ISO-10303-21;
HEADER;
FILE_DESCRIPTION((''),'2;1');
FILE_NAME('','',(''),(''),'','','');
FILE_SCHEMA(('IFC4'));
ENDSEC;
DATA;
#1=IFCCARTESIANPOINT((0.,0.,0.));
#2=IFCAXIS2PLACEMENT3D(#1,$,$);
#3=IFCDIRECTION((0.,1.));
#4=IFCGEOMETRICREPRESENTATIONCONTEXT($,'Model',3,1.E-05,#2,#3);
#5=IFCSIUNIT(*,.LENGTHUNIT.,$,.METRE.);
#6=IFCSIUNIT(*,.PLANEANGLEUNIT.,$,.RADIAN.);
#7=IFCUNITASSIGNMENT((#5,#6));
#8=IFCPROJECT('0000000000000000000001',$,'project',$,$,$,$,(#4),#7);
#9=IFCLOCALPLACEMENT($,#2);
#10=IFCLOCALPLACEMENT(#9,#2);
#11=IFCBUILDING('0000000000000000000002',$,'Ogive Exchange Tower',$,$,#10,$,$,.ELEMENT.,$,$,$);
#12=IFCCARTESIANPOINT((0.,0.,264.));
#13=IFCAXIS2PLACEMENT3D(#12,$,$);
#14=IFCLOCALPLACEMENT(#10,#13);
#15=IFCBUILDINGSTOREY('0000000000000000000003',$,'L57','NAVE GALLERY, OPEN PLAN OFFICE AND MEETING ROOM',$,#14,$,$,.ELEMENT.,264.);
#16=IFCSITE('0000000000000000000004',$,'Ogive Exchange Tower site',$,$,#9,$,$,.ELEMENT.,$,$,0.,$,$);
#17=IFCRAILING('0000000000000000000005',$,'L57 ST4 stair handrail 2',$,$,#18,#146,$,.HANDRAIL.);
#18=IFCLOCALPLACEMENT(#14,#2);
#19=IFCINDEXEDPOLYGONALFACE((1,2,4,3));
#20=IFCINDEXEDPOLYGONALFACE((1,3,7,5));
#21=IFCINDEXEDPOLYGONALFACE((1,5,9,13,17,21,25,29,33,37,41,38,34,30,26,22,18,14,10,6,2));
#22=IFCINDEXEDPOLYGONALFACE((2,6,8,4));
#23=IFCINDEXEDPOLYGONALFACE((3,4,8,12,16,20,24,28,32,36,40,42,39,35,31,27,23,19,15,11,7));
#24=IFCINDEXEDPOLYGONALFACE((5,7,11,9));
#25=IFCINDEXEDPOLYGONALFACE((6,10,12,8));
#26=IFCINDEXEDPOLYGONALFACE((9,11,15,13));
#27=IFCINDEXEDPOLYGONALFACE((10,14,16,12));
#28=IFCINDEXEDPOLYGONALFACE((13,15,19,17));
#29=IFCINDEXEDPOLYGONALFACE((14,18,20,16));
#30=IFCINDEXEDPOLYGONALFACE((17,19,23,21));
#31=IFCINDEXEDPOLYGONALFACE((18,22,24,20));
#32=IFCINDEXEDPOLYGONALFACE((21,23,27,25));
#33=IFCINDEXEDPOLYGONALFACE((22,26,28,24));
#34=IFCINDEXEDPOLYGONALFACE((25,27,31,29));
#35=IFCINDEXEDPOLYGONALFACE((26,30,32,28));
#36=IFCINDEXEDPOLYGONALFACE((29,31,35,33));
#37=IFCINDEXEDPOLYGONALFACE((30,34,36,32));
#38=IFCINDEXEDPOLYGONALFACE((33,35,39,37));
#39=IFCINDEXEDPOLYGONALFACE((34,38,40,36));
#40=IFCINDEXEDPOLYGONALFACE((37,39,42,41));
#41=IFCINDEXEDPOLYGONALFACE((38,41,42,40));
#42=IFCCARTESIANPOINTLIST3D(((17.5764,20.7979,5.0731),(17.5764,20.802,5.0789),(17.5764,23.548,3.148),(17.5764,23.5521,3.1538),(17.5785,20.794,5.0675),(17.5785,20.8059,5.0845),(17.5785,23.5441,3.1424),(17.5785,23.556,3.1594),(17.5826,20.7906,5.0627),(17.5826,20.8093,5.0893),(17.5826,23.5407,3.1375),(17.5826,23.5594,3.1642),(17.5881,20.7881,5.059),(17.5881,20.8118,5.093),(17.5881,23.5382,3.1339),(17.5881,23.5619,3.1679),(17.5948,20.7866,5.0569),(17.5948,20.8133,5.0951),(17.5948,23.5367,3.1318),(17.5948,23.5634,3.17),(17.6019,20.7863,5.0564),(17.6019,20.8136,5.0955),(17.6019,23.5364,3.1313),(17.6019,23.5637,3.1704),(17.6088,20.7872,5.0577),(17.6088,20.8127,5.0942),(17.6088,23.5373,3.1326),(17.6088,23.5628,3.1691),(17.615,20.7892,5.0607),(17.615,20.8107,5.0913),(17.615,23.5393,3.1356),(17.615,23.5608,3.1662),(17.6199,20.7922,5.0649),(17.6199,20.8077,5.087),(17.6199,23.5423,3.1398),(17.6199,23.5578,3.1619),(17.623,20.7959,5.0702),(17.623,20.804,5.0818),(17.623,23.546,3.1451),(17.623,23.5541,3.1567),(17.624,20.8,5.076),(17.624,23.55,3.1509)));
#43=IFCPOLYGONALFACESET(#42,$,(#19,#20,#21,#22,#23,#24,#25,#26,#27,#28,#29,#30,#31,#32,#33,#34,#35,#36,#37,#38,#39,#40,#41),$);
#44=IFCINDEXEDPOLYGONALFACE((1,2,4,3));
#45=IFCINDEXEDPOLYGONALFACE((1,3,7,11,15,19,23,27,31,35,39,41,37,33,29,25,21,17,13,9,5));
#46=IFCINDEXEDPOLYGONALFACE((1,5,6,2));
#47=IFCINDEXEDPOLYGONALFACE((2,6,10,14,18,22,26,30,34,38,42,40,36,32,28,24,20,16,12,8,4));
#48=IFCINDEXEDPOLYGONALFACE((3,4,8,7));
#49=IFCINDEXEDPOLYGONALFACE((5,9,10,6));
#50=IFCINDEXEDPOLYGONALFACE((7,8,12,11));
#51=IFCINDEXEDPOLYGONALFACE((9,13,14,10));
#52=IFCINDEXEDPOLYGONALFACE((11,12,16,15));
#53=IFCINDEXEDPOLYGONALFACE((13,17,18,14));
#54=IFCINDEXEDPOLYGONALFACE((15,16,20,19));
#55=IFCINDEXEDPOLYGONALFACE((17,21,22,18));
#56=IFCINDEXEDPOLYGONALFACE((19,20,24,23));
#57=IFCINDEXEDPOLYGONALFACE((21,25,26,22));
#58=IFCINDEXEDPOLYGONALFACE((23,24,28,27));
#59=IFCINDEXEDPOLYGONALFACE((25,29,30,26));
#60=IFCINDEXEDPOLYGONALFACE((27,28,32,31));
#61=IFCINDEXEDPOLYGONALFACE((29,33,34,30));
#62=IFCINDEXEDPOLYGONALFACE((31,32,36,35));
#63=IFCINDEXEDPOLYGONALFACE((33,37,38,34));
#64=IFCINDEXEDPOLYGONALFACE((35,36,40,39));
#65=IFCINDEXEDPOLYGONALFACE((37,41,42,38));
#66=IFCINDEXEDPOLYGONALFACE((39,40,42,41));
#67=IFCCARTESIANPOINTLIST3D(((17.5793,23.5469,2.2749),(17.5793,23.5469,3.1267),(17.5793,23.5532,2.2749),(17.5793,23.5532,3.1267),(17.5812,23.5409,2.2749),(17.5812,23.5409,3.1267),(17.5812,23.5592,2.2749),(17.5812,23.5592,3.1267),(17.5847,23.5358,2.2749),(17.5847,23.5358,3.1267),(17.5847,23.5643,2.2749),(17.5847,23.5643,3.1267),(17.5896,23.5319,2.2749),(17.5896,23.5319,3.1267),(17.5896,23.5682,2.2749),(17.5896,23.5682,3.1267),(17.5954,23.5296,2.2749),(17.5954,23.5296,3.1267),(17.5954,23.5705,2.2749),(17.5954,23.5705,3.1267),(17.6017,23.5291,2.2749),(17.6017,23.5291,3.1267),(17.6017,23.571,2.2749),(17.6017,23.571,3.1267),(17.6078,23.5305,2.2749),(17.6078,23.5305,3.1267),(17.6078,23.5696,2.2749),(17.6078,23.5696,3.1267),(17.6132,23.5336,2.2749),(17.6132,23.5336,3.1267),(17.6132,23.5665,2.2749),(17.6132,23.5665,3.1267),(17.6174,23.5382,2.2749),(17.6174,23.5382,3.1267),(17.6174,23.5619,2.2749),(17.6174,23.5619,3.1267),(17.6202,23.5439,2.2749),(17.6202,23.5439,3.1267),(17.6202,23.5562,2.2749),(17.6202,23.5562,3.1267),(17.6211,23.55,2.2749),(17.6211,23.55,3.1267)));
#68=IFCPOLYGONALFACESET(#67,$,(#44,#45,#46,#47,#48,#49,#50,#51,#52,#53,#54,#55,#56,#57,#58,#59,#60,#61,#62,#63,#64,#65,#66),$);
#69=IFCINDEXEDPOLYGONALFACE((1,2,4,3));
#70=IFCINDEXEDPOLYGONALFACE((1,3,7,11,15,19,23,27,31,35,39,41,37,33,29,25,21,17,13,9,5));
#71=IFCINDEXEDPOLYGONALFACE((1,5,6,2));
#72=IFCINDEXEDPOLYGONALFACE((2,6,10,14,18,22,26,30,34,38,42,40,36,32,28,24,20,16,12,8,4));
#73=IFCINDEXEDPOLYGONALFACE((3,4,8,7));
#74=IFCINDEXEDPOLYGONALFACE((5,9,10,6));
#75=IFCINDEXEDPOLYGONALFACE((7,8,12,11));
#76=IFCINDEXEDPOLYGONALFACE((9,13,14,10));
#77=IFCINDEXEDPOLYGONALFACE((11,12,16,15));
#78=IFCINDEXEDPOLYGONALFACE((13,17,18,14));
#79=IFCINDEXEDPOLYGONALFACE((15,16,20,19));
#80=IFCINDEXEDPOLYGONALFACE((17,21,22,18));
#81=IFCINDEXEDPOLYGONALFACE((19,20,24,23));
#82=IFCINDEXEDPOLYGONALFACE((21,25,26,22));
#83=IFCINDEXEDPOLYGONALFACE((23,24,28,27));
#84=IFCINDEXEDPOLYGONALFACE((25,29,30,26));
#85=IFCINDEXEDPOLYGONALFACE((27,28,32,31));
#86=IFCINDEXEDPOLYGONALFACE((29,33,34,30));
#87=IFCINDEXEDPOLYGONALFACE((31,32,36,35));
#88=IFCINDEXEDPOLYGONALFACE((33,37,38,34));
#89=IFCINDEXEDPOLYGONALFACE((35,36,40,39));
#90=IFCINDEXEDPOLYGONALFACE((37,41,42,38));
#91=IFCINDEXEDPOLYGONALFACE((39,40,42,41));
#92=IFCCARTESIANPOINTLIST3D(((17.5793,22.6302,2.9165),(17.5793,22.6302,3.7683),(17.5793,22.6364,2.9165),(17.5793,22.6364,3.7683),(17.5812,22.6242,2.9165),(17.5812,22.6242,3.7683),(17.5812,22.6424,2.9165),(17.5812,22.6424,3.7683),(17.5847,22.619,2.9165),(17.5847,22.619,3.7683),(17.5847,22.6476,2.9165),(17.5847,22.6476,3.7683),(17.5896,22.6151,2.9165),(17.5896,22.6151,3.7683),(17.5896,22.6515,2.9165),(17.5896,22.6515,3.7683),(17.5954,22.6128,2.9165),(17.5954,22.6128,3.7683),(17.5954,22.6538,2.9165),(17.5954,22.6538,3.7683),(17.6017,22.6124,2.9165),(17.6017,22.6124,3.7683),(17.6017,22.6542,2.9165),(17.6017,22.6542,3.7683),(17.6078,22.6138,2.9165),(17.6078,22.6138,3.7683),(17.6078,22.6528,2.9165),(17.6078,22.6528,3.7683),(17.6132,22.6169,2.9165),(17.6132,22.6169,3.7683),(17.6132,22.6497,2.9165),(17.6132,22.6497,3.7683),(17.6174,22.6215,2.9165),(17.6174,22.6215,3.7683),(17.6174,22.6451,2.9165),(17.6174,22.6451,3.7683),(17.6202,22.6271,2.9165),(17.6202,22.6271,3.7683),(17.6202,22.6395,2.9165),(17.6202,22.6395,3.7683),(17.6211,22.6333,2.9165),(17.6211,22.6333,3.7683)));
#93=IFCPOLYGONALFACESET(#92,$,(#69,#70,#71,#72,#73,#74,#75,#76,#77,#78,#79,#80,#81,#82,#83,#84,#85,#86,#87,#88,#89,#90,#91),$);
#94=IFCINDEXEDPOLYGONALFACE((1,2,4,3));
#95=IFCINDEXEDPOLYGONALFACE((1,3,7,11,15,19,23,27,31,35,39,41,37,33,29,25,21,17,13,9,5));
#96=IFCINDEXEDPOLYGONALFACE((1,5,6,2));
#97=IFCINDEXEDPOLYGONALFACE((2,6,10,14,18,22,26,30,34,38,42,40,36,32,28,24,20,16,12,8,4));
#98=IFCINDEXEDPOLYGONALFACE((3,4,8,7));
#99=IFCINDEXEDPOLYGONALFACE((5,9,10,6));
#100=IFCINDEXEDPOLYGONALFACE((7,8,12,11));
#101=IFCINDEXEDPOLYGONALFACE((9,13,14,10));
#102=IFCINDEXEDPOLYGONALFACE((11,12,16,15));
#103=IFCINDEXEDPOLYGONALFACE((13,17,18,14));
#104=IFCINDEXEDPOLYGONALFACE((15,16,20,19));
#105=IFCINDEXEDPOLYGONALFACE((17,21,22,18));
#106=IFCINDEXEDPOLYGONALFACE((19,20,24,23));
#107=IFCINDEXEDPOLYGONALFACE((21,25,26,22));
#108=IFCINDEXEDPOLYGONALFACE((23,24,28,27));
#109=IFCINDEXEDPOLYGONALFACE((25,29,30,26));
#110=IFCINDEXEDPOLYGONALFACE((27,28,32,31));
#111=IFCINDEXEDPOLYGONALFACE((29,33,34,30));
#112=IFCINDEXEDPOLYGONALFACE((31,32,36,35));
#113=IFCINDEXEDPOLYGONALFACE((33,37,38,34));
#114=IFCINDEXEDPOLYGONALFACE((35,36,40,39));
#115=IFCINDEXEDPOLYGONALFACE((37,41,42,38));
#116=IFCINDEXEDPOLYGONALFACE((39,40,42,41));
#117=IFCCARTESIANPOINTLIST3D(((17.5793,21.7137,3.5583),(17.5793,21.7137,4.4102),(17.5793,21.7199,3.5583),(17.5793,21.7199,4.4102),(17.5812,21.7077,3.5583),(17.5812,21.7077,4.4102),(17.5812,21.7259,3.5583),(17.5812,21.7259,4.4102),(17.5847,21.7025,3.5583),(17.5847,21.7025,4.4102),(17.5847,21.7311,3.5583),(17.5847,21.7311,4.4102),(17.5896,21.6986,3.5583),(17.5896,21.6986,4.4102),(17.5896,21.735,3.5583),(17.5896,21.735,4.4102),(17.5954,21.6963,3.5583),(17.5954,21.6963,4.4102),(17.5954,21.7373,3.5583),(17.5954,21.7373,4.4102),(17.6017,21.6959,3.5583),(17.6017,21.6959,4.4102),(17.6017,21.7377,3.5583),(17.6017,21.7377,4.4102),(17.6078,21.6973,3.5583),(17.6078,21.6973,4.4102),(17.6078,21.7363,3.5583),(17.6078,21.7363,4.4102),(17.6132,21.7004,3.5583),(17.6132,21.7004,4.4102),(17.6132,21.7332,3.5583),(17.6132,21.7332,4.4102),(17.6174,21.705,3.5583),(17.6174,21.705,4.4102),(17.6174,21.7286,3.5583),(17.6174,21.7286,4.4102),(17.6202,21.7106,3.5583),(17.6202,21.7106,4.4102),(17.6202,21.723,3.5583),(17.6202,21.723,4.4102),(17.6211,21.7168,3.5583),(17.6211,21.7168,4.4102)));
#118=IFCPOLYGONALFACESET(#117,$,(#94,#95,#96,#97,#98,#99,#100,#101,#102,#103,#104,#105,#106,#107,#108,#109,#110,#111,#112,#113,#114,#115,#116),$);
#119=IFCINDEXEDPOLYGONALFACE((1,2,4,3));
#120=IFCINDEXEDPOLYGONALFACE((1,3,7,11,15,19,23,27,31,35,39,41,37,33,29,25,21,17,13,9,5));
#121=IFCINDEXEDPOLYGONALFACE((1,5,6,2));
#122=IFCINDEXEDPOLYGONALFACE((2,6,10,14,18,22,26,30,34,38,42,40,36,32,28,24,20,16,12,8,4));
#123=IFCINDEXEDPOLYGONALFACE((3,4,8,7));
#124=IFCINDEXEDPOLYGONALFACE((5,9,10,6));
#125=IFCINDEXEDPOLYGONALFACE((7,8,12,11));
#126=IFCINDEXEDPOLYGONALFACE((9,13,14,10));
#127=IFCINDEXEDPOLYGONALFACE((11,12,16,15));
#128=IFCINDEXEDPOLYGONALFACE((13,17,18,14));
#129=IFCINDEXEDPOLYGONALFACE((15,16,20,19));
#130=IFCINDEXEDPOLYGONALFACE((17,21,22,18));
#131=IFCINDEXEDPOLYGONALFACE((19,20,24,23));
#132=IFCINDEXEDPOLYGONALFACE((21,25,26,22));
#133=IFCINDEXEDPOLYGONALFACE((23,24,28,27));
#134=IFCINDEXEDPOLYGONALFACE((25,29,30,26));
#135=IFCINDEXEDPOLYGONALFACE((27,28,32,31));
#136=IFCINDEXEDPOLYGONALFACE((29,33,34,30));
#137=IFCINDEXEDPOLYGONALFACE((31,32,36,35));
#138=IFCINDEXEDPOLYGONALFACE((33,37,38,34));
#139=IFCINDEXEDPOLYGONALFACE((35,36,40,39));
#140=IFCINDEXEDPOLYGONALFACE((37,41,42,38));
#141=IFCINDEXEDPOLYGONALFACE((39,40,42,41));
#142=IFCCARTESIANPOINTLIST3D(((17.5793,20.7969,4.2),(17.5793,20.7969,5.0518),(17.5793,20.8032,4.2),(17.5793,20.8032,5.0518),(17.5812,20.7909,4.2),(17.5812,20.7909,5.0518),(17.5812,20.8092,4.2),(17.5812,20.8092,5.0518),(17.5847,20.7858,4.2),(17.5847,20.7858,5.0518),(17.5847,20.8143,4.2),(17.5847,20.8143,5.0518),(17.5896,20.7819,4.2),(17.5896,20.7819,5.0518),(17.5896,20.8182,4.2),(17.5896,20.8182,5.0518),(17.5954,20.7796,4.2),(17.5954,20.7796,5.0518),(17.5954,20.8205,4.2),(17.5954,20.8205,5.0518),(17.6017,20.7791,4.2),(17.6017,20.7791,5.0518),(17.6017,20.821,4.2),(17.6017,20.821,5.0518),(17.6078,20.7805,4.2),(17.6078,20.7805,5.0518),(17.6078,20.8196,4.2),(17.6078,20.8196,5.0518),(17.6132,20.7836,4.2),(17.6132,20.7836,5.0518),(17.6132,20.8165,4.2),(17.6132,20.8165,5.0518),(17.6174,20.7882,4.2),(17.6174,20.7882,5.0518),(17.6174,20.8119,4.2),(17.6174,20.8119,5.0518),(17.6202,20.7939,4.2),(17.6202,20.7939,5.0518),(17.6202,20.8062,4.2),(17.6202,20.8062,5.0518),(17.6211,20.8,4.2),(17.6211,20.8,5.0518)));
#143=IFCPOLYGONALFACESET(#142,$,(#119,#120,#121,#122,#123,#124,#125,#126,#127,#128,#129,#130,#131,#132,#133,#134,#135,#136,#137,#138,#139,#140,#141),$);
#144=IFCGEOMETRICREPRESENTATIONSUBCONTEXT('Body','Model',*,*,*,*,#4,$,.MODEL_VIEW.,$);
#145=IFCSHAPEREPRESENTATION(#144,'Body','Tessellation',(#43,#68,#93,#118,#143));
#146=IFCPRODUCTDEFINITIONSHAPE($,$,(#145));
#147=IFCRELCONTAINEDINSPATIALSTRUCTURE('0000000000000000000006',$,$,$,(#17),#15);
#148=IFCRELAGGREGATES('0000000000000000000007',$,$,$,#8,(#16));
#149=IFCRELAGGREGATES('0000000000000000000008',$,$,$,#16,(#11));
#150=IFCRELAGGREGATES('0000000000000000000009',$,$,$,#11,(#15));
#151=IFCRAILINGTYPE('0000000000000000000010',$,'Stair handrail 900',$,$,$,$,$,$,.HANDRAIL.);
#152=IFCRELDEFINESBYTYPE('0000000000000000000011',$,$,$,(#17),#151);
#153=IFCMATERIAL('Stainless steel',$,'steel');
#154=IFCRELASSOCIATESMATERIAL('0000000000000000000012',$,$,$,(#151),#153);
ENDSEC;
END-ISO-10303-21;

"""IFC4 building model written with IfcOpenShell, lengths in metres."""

from ifc_helpers import new_model, si_unit, direction, frame, origin, origin_2d, place, context, subcontext, project, spatial, circle, extrude, material, type_object, element, save


model = new_model("IFC4")

# Units and contexts
model_context = context("Model", 3, precision=1e-05, world=origin(), true_north=direction((0.0, 1.0)))
body_context = subcontext(model_context, "Body", "Model", "MODEL_VIEW")
ifc_project = project(units=[si_unit("LENGTHUNIT", "METRE"), si_unit("PLANEANGLEUNIT", "RADIAN")], contexts=[model_context])

# Site, building, storey
site_placement = place(None, origin())
site = spatial("IfcSite", under=ifc_project, at=site_placement, Name="Ogive Exchange Tower site", CompositionType="ELEMENT", RefElevation=0.0)
building_placement = place(site_placement, origin())
building = spatial("IfcBuilding", under=site, at=building_placement, Name="Ogive Exchange Tower", CompositionType="ELEMENT")
storey_placement = place(building_placement, frame((0.0, 0.0, 264.0)))
storey = spatial("IfcBuildingStorey", under=building, at=storey_placement, Name="L57", Description="NAVE GALLERY, OPEN PLAN OFFICE AND MEETING ROOM", CompositionType="ELEMENT", Elevation=264.0)

# Railing
ifc_material_1 = material(Name="Stainless steel", Category="steel")
railing_type = type_object("IfcRailingType", Name="Stair handrail 900", PredefinedType="HANDRAIL", material=ifc_material_1)
railing_1_placement = place(storey_placement, frame((17.6001, 23.55, 2.2749)))
element("IfcRailing", 1, at=railing_1_placement, inside=storey, type_object=railing_type, Name="L57 ST4 stair handrail 2", PredefinedType="HANDRAIL", context=body_context, shape_type="SweptSolid", body=[
    extrude(circle(Radius=0.0239, at=origin_2d()), frame((0.0, 0.0, 0.876), z_axis=(0.0, -0.819225, 0.573472), x_axis=(1.0, 0.0, 0.0)), (0.0, 0.0, 1.0), 3.3569),
    extrude(circle(Radius=0.021, at=origin_2d()), origin(), (0.0, 0.0, 1.0), 0.8518),
    extrude(circle(Radius=0.021, at=origin_2d()), frame((0.0, -0.9167, 0.6416)), (0.0, 0.0, 1.0), 0.8518),
    extrude(circle(Radius=0.021, at=origin_2d()), frame((0.0, -1.8333, 1.2834)), (0.0, 0.0, 1.0), 0.8518),
    extrude(circle(Radius=0.021, at=origin_2d()), frame((0.0, -2.75, 1.925)), (0.0, 0.0, 1.0), 0.8518),
])

save(model, "model.ifc")
